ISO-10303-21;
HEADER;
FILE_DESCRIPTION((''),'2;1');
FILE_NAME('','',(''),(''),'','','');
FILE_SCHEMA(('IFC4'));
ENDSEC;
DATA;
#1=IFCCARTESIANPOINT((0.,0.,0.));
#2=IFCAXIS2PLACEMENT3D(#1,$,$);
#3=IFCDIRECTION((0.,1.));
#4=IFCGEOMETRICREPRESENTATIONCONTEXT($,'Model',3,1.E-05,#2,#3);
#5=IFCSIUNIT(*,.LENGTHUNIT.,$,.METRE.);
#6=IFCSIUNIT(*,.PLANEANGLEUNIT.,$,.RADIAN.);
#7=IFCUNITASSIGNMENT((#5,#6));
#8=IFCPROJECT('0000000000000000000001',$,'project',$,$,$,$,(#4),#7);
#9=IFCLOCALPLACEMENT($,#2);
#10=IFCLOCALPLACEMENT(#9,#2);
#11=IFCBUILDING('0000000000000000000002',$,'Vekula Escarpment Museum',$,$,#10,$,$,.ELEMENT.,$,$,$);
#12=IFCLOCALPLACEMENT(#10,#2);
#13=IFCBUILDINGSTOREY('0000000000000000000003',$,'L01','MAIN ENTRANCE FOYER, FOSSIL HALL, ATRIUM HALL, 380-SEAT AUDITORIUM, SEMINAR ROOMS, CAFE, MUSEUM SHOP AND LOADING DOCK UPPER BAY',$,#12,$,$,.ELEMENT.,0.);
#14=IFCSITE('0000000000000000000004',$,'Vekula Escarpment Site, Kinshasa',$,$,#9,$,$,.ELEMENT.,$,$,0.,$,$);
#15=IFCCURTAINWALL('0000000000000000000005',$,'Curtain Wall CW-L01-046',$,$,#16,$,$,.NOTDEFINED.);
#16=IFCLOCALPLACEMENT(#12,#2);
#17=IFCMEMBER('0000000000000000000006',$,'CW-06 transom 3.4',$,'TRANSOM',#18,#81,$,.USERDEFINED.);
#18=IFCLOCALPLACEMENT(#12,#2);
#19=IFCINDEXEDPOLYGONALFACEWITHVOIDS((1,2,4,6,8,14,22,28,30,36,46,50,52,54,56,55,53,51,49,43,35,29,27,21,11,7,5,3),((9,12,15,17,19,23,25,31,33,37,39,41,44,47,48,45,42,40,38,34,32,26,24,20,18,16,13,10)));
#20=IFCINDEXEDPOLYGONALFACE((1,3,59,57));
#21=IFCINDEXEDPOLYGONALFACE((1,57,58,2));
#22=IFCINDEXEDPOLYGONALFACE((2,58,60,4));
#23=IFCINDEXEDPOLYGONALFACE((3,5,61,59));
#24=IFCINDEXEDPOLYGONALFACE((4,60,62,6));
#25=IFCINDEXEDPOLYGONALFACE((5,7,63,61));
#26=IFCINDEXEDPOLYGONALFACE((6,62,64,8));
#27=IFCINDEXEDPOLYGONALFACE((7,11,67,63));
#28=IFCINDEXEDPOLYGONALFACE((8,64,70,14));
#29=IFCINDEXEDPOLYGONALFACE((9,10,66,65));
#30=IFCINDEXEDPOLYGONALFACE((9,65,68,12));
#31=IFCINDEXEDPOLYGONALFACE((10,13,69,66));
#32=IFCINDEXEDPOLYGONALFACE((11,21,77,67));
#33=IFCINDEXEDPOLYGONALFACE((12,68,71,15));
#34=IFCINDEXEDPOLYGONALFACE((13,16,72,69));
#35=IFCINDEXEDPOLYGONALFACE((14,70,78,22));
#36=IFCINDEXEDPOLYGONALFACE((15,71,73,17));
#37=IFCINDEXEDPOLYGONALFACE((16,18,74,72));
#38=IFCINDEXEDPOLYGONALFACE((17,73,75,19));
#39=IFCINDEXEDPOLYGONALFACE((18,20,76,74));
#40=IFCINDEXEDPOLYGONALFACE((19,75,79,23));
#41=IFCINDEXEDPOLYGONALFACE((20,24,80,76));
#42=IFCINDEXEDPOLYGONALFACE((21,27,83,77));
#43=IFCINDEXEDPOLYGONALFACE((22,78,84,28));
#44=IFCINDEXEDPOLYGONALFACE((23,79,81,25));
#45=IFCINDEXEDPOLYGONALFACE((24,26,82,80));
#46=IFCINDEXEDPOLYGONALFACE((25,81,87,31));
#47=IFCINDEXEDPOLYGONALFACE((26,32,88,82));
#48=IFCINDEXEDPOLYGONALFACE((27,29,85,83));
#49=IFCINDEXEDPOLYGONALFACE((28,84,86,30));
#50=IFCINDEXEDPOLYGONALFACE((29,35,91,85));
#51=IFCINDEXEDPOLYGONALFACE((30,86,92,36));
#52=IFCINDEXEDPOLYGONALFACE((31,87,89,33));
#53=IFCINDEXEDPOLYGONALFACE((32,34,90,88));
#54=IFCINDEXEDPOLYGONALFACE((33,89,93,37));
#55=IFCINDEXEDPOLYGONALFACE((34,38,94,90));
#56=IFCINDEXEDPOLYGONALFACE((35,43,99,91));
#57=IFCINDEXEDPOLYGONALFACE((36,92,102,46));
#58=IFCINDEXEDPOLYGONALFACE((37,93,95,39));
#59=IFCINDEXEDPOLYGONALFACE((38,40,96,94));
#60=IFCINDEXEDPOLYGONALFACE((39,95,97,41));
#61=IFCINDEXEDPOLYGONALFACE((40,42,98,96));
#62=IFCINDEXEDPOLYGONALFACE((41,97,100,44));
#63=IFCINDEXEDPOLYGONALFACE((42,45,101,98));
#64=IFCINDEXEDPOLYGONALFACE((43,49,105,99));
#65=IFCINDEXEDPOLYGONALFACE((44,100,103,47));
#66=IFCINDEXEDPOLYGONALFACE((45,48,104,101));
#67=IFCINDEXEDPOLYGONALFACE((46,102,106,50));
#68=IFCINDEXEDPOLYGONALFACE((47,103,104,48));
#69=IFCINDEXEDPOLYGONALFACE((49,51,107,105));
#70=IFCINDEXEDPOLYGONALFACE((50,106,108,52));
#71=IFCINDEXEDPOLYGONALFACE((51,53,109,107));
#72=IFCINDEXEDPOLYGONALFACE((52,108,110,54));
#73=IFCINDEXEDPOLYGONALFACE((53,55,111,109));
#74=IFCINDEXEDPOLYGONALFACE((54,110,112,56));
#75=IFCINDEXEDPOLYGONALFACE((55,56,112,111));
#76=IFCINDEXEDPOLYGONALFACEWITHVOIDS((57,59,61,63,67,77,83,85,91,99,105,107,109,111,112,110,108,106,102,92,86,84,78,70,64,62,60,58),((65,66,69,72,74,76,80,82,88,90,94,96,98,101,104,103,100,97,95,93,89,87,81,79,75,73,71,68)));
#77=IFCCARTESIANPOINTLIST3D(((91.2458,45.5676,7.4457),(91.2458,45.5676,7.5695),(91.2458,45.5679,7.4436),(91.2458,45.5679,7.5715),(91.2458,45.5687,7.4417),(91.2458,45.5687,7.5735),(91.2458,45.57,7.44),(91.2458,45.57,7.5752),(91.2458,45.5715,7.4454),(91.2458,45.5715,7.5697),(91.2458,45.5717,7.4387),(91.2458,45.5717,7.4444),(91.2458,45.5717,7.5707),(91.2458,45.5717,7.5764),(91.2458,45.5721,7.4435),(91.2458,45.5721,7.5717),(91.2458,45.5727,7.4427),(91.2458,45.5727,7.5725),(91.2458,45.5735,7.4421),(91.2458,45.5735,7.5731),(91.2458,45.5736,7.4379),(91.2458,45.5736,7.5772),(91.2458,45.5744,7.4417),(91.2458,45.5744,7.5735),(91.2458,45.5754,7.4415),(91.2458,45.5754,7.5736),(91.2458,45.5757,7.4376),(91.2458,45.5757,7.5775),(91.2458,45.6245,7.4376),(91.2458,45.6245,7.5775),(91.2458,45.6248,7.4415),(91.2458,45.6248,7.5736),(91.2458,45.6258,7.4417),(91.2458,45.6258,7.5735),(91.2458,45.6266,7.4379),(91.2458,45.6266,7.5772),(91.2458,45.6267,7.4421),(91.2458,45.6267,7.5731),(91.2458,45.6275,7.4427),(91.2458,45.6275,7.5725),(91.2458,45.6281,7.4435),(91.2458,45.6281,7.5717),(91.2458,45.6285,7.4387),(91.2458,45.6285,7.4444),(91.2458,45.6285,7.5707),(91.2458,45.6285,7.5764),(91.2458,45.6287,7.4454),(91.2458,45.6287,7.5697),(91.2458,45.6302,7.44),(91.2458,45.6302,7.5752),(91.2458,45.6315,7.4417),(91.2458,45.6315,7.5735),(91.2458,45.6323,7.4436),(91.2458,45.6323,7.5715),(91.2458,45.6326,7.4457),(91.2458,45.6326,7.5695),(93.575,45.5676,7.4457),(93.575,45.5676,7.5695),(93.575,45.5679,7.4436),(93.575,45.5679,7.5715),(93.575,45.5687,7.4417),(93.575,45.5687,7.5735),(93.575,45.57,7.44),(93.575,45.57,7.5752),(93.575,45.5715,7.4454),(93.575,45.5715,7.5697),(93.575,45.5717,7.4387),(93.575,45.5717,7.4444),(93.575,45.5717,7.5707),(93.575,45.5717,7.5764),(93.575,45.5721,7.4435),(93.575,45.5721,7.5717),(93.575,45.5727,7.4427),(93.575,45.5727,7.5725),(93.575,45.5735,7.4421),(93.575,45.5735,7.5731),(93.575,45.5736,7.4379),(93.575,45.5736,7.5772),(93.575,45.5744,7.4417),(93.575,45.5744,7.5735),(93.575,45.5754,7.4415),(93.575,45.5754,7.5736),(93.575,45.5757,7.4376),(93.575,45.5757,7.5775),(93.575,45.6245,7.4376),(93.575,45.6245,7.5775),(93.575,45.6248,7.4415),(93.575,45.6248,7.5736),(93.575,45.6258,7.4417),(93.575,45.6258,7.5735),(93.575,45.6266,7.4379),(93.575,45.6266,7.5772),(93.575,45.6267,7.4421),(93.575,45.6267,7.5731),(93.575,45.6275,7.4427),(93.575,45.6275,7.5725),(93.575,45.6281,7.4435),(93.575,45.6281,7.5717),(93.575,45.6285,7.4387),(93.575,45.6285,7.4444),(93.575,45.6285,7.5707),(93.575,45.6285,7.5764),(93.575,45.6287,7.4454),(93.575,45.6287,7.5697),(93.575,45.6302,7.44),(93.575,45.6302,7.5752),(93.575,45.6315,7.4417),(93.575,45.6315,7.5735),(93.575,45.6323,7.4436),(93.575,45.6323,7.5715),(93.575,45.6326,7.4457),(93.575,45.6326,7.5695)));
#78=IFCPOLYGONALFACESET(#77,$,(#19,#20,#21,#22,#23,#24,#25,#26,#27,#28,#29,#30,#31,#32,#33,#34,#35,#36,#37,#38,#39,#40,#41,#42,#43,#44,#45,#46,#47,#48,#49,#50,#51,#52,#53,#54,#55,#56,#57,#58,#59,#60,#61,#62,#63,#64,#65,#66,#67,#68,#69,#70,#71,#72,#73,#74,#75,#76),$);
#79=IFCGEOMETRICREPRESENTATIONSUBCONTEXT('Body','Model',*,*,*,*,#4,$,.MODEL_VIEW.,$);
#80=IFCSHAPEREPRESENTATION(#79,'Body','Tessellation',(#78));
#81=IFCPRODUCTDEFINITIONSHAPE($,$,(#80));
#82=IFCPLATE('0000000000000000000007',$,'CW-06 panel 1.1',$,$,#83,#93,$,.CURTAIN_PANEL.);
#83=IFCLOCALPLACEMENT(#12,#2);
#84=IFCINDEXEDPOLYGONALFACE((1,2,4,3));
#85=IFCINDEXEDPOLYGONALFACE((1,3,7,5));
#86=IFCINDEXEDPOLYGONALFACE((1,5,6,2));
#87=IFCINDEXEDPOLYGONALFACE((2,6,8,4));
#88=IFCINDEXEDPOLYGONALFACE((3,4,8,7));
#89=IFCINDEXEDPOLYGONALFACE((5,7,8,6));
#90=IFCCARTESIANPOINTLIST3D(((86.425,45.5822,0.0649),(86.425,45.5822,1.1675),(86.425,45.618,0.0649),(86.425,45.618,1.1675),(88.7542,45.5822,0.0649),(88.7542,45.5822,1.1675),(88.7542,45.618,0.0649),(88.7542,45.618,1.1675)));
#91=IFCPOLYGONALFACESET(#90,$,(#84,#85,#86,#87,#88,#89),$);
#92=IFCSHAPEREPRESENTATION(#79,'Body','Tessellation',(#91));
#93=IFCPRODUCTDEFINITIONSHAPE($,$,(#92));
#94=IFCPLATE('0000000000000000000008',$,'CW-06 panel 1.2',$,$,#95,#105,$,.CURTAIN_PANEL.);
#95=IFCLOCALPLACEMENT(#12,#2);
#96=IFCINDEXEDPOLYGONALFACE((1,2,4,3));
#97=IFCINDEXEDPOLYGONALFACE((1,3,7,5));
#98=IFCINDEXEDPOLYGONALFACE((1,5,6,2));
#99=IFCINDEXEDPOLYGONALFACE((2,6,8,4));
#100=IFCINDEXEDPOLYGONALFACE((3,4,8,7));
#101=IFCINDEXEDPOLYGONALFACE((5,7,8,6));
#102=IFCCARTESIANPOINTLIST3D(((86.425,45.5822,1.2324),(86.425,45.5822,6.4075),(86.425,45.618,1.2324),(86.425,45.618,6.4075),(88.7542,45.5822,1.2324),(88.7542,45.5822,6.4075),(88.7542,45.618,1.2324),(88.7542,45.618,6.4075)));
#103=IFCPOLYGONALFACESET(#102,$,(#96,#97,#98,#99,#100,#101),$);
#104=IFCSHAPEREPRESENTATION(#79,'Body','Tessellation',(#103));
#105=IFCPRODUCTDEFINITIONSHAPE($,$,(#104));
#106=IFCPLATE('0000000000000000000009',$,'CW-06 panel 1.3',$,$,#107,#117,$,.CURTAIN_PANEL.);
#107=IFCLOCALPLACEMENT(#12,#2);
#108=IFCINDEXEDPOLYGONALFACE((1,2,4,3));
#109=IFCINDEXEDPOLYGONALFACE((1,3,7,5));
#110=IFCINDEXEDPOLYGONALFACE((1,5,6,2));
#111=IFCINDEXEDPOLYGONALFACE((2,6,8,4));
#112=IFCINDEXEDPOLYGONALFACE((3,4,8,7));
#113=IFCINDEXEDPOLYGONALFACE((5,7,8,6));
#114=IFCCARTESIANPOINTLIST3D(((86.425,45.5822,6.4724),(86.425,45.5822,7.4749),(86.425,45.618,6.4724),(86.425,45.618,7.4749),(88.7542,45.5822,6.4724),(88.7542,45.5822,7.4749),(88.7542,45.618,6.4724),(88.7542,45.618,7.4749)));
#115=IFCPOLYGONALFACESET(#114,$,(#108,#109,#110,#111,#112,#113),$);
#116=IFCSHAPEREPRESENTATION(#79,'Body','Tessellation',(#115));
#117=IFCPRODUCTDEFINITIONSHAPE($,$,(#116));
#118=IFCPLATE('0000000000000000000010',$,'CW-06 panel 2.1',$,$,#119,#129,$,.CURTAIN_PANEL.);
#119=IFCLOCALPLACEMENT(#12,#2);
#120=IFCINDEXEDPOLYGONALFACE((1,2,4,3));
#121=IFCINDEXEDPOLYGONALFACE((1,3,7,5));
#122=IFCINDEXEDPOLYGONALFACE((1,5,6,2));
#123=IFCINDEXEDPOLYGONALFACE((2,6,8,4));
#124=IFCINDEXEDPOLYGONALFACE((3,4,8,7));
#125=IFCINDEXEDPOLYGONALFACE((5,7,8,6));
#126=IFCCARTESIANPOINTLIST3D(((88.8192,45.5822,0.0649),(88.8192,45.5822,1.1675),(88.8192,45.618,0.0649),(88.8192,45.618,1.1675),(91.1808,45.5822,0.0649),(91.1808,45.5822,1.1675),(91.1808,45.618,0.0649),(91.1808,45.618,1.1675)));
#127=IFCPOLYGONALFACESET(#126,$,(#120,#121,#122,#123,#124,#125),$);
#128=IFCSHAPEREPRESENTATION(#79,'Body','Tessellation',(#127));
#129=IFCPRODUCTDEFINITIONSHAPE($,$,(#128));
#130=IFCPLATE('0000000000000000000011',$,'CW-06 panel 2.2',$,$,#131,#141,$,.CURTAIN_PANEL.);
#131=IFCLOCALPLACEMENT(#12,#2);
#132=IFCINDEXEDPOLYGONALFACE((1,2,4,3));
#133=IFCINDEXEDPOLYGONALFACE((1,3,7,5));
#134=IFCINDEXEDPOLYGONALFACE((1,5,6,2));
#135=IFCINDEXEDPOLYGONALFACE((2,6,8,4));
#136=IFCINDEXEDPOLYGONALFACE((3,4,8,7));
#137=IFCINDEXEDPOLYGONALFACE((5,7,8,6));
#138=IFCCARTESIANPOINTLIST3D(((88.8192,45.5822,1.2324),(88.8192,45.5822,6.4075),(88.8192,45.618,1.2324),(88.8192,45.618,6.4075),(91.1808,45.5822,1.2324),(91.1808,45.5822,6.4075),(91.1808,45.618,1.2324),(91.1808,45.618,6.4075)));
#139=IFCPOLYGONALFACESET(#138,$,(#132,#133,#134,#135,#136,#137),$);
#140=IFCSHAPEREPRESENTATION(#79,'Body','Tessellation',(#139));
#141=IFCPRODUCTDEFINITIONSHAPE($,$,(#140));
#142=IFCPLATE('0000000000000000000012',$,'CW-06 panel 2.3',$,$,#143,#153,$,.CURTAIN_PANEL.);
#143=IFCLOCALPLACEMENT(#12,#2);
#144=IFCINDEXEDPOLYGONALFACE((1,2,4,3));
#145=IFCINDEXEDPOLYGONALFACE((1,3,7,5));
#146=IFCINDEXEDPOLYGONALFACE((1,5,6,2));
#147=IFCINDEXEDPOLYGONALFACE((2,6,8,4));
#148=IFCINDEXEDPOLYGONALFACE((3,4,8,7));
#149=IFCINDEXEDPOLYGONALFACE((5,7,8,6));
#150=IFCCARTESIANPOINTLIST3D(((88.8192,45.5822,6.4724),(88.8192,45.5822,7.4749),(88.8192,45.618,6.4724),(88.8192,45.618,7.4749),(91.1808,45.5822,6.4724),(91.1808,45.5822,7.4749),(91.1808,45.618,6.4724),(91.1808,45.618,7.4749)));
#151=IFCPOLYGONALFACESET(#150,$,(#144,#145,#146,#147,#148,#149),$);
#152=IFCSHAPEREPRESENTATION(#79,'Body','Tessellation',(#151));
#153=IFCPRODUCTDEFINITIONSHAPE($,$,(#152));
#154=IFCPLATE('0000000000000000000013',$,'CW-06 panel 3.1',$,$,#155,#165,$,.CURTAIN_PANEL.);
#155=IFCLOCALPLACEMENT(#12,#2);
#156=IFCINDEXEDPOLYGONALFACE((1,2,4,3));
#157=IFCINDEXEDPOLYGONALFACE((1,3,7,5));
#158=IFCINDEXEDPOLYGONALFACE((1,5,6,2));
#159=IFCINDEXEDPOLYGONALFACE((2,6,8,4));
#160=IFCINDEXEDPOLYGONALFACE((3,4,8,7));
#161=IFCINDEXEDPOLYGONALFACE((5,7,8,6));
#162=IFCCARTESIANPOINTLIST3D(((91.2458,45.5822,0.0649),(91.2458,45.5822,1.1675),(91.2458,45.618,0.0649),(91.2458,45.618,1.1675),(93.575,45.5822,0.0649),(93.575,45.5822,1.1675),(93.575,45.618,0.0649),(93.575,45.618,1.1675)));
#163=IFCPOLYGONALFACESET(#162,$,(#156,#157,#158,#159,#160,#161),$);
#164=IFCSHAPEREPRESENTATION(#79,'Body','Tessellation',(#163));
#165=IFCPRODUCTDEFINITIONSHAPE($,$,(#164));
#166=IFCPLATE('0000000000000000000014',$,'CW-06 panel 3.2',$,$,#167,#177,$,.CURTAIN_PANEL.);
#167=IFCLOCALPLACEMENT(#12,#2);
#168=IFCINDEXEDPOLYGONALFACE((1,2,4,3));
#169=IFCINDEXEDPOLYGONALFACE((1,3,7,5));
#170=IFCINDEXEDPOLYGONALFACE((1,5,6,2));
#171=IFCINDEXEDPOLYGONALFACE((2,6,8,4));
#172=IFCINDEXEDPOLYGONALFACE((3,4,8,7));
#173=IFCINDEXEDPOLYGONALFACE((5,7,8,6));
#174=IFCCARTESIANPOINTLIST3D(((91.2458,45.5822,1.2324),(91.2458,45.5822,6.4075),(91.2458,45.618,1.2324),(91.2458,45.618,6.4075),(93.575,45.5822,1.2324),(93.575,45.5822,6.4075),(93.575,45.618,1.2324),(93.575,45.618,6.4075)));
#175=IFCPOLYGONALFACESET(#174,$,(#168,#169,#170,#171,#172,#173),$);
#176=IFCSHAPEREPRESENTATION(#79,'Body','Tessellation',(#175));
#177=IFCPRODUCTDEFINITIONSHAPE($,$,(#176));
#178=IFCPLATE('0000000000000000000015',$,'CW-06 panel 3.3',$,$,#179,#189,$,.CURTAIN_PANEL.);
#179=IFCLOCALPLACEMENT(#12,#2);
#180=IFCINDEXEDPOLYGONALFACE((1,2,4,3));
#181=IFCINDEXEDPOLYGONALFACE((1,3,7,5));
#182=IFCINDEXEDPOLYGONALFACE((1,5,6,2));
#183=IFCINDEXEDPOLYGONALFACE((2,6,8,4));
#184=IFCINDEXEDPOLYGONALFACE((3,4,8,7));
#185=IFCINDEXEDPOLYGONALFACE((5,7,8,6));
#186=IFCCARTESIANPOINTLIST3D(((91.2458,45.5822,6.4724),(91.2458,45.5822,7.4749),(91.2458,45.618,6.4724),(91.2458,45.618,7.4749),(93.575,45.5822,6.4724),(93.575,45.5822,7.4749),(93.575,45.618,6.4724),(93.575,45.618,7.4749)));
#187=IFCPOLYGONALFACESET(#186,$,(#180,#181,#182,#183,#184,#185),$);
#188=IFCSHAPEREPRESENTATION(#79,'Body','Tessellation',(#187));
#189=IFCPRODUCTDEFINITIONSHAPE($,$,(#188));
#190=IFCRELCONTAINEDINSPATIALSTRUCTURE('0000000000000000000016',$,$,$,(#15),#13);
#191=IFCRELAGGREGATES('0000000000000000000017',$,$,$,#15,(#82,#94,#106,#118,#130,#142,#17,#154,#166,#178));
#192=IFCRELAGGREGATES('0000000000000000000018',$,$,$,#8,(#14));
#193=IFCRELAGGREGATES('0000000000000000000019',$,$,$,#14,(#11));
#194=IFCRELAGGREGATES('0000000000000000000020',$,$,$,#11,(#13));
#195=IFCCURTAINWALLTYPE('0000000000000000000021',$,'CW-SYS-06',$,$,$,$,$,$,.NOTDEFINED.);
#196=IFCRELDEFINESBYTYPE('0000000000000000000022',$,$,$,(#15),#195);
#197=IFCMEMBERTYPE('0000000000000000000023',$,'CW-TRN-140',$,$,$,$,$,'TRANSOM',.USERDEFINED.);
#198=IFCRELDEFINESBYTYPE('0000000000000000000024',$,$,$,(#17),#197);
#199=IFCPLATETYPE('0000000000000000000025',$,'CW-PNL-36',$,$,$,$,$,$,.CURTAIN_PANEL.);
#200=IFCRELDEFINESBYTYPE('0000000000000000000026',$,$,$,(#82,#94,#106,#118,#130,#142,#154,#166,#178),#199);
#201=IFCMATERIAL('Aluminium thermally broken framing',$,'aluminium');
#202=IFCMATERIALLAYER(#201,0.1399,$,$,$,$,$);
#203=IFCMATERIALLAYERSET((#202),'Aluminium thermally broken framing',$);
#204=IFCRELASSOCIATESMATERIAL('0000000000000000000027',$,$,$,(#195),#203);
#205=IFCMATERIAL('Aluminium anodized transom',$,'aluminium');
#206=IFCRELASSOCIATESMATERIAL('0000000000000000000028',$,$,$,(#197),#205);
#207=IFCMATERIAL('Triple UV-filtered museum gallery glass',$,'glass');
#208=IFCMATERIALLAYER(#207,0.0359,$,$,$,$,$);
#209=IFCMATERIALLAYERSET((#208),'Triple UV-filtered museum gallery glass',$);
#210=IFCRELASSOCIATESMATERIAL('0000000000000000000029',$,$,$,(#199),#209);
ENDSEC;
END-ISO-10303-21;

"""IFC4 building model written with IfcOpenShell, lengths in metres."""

from ifc_helpers import new_model, si_unit, direction, frame, origin, origin_2d, place, context, subcontext, project, spatial, rectangle, hollow_rectangle, extrude, material, layer, layer_set, material_profile, profile_set, type_object, element, aggregate, save


model = new_model("IFC4")

# Units and contexts
model_context = context("Model", 3, precision=1e-05, world=origin(), true_north=direction((0.0, 1.0)))
body_context = subcontext(model_context, "Body", "Model", "MODEL_VIEW")
ifc_project = project(units=[si_unit("LENGTHUNIT", "METRE"), si_unit("PLANEANGLEUNIT", "RADIAN")], contexts=[model_context])

# Site, building, storey
site_placement = place(None, origin())
site = spatial("IfcSite", under=ifc_project, at=site_placement, Name="Vekula Escarpment Site, Kinshasa", CompositionType="ELEMENT", RefElevation=0.0)
building_placement = place(site_placement, origin())
building = spatial("IfcBuilding", under=site, at=building_placement, Name="Vekula Escarpment Museum", CompositionType="ELEMENT")
storey_placement = place(building_placement, origin())
storey = spatial("IfcBuildingStorey", under=building, at=storey_placement, Name="L01", Description="MAIN ENTRANCE FOYER, FOSSIL HALL, ATRIUM HALL, 380-SEAT AUDITORIUM, SEMINAR ROOMS, CAFE, MUSEUM SHOP AND LOADING DOCK UPPER BAY", CompositionType="ELEMENT", Elevation=0.0)

# Curtain wall, member, plates
ifc_material_1 = material(Name="Aluminium thermally broken framing", Category="aluminium")
ifc_layer_1 = layer(ifc_material_1, 0.1399)
ifc_layer_set_1 = layer_set([ifc_layer_1], Name="Aluminium thermally broken framing")
curtain_wall_type = type_object("IfcCurtainWallType", Name="CW-SYS-06", PredefinedType="NOTDEFINED", material=ifc_layer_set_1)
curtain_wall_placement = place(storey_placement, origin())
curtain_wall = element("IfcCurtainWall", 1, at=curtain_wall_placement, inside=storey, type_object=curtain_wall_type, Name="Curtain Wall CW-L01-046", PredefinedType="NOTDEFINED")
ifc_material_2 = material(Name="Aluminium anodized transom", Category="aluminium")
ifc_material_profile_1 = material_profile(ifc_material_2, hollow_rectangle(XDim=0.0649, YDim=0.1399, WallThickness=0.0039, InnerFilletRadius=0.0039, OuterFilletRadius=0.0081, at=origin_2d()), Name="ALU 140x65x4")
ifc_profile_set_1 = profile_set([ifc_material_profile_1], Name="Aluminium anodized transom")
member_type_1 = type_object("IfcMemberType", Name="CW-TRN-140", ElementType="TRANSOM", PredefinedType="USERDEFINED", material=ifc_profile_set_1)
member_1_placement = place(storey_placement, frame((91.2458, 45.6001, 7.5076), z_axis=(1.0, 0.0, 0.0), x_axis=(0.0, 1.0, 0.0)))
member_1 = element("IfcMember", 2, at=member_1_placement, type_object=member_type_1, Name="CW-06 transom 3.4", ObjectType="TRANSOM", PredefinedType="USERDEFINED", context=body_context, shape_type="SweptSolid", body=[
    extrude(hollow_rectangle(XDim=0.0649, YDim=0.1399, WallThickness=0.0039, InnerFilletRadius=0.0039, OuterFilletRadius=0.0081, at=origin_2d()), origin(), (0.0, 0.0, 1.0), 2.3291),
])
ifc_material_3 = material(Name="Triple UV-filtered museum gallery glass", Category="glass")
ifc_layer_2 = layer(ifc_material_3, 0.0359)
ifc_layer_set_2 = layer_set([ifc_layer_2], Name="Triple UV-filtered museum gallery glass")
plate_type = type_object("IfcPlateType", Name="CW-PNL-36", PredefinedType="CURTAIN_PANEL", material=ifc_layer_set_2)
plate_1_placement = place(storey_placement, frame((87.5896, 45.6001, 0.0649), z_axis=(0.0, 0.0, 1.0), x_axis=(1.0, 0.0, 0.0)))
plate_1 = element("IfcPlate", 3, at=plate_1_placement, type_object=plate_type, Name="CW-06 panel 1.1", PredefinedType="CURTAIN_PANEL", context=body_context, shape_type="SweptSolid", body=[
    extrude(rectangle(XDim=2.3291, YDim=0.0359, at=origin_2d()), origin(), (0.0, 0.0, 1.0), 1.1025),
])
plate_2_placement = place(storey_placement, frame((87.5896, 45.6001, 1.2324), z_axis=(0.0, 0.0, 1.0), x_axis=(1.0, 0.0, 0.0)))
plate_2 = element("IfcPlate", 4, at=plate_2_placement, type_object=plate_type, Name="CW-06 panel 1.2", PredefinedType="CURTAIN_PANEL", context=body_context, shape_type="SweptSolid", body=[
    extrude(rectangle(XDim=2.3291, YDim=0.0359, at=origin_2d()), origin(), (0.0, 0.0, 1.0), 5.175),
])
plate_3_placement = place(storey_placement, frame((87.5896, 45.6001, 6.4724), z_axis=(0.0, 0.0, 1.0), x_axis=(1.0, 0.0, 0.0)))
plate_3 = element("IfcPlate", 5, at=plate_3_placement, type_object=plate_type, Name="CW-06 panel 1.3", PredefinedType="CURTAIN_PANEL", context=body_context, shape_type="SweptSolid", body=[
    extrude(rectangle(XDim=2.3291, YDim=0.0359, at=origin_2d()), origin(), (0.0, 0.0, 1.0), 1.0024),
])
plate_4_placement = place(storey_placement, frame((90.0, 45.6001, 0.0649), z_axis=(0.0, 0.0, 1.0), x_axis=(1.0, 0.0, 0.0)))
plate_4 = element("IfcPlate", 6, at=plate_4_placement, type_object=plate_type, Name="CW-06 panel 2.1", PredefinedType="CURTAIN_PANEL", context=body_context, shape_type="SweptSolid", body=[
    extrude(rectangle(XDim=2.3616, YDim=0.0359, at=origin_2d()), origin(), (0.0, 0.0, 1.0), 1.1025),
])
plate_5_placement = place(storey_placement, frame((90.0, 45.6001, 1.2324), z_axis=(0.0, 0.0, 1.0), x_axis=(1.0, 0.0, 0.0)))
plate_5 = element("IfcPlate", 7, at=plate_5_placement, type_object=plate_type, Name="CW-06 panel 2.2", PredefinedType="CURTAIN_PANEL", context=body_context, shape_type="SweptSolid", body=[
    extrude(rectangle(XDim=2.3616, YDim=0.0359, at=origin_2d()), origin(), (0.0, 0.0, 1.0), 5.175),
])
plate_6_placement = place(storey_placement, frame((90.0, 45.6001, 6.4724), z_axis=(0.0, 0.0, 1.0), x_axis=(1.0, 0.0, 0.0)))
plate_6 = element("IfcPlate", 8, at=plate_6_placement, type_object=plate_type, Name="CW-06 panel 2.3", PredefinedType="CURTAIN_PANEL", context=body_context, shape_type="SweptSolid", body=[
    extrude(rectangle(XDim=2.3616, YDim=0.0359, at=origin_2d()), origin(), (0.0, 0.0, 1.0), 1.0024),
])
plate_7_placement = place(storey_placement, frame((92.4104, 45.6001, 0.0649), z_axis=(0.0, 0.0, 1.0), x_axis=(1.0, 0.0, 0.0)))
plate_7 = element("IfcPlate", 9, at=plate_7_placement, type_object=plate_type, Name="CW-06 panel 3.1", PredefinedType="CURTAIN_PANEL", context=body_context, shape_type="SweptSolid", body=[
    extrude(rectangle(XDim=2.3291, YDim=0.0359, at=origin_2d()), origin(), (0.0, 0.0, 1.0), 1.1025),
])
plate_8_placement = place(storey_placement, frame((92.4104, 45.6001, 1.2324), z_axis=(0.0, 0.0, 1.0), x_axis=(1.0, 0.0, 0.0)))
plate_8 = element("IfcPlate", 10, at=plate_8_placement, type_object=plate_type, Name="CW-06 panel 3.2", PredefinedType="CURTAIN_PANEL", context=body_context, shape_type="SweptSolid", body=[
    extrude(rectangle(XDim=2.3291, YDim=0.0359, at=origin_2d()), origin(), (0.0, 0.0, 1.0), 5.175),
])
plate_9_placement = place(storey_placement, frame((92.4104, 45.6001, 6.4724), z_axis=(0.0, 0.0, 1.0), x_axis=(1.0, 0.0, 0.0)))
plate_9 = element("IfcPlate", 11, at=plate_9_placement, type_object=plate_type, Name="CW-06 panel 3.3", PredefinedType="CURTAIN_PANEL", context=body_context, shape_type="SweptSolid", body=[
    extrude(rectangle(XDim=2.3291, YDim=0.0359, at=origin_2d()), origin(), (0.0, 0.0, 1.0), 1.0024),
])
aggregate(curtain_wall, [plate_1, plate_2, plate_3, plate_4, plate_5, plate_6, member_1, plate_7, plate_8, plate_9])

save(model, "model.ifc")
